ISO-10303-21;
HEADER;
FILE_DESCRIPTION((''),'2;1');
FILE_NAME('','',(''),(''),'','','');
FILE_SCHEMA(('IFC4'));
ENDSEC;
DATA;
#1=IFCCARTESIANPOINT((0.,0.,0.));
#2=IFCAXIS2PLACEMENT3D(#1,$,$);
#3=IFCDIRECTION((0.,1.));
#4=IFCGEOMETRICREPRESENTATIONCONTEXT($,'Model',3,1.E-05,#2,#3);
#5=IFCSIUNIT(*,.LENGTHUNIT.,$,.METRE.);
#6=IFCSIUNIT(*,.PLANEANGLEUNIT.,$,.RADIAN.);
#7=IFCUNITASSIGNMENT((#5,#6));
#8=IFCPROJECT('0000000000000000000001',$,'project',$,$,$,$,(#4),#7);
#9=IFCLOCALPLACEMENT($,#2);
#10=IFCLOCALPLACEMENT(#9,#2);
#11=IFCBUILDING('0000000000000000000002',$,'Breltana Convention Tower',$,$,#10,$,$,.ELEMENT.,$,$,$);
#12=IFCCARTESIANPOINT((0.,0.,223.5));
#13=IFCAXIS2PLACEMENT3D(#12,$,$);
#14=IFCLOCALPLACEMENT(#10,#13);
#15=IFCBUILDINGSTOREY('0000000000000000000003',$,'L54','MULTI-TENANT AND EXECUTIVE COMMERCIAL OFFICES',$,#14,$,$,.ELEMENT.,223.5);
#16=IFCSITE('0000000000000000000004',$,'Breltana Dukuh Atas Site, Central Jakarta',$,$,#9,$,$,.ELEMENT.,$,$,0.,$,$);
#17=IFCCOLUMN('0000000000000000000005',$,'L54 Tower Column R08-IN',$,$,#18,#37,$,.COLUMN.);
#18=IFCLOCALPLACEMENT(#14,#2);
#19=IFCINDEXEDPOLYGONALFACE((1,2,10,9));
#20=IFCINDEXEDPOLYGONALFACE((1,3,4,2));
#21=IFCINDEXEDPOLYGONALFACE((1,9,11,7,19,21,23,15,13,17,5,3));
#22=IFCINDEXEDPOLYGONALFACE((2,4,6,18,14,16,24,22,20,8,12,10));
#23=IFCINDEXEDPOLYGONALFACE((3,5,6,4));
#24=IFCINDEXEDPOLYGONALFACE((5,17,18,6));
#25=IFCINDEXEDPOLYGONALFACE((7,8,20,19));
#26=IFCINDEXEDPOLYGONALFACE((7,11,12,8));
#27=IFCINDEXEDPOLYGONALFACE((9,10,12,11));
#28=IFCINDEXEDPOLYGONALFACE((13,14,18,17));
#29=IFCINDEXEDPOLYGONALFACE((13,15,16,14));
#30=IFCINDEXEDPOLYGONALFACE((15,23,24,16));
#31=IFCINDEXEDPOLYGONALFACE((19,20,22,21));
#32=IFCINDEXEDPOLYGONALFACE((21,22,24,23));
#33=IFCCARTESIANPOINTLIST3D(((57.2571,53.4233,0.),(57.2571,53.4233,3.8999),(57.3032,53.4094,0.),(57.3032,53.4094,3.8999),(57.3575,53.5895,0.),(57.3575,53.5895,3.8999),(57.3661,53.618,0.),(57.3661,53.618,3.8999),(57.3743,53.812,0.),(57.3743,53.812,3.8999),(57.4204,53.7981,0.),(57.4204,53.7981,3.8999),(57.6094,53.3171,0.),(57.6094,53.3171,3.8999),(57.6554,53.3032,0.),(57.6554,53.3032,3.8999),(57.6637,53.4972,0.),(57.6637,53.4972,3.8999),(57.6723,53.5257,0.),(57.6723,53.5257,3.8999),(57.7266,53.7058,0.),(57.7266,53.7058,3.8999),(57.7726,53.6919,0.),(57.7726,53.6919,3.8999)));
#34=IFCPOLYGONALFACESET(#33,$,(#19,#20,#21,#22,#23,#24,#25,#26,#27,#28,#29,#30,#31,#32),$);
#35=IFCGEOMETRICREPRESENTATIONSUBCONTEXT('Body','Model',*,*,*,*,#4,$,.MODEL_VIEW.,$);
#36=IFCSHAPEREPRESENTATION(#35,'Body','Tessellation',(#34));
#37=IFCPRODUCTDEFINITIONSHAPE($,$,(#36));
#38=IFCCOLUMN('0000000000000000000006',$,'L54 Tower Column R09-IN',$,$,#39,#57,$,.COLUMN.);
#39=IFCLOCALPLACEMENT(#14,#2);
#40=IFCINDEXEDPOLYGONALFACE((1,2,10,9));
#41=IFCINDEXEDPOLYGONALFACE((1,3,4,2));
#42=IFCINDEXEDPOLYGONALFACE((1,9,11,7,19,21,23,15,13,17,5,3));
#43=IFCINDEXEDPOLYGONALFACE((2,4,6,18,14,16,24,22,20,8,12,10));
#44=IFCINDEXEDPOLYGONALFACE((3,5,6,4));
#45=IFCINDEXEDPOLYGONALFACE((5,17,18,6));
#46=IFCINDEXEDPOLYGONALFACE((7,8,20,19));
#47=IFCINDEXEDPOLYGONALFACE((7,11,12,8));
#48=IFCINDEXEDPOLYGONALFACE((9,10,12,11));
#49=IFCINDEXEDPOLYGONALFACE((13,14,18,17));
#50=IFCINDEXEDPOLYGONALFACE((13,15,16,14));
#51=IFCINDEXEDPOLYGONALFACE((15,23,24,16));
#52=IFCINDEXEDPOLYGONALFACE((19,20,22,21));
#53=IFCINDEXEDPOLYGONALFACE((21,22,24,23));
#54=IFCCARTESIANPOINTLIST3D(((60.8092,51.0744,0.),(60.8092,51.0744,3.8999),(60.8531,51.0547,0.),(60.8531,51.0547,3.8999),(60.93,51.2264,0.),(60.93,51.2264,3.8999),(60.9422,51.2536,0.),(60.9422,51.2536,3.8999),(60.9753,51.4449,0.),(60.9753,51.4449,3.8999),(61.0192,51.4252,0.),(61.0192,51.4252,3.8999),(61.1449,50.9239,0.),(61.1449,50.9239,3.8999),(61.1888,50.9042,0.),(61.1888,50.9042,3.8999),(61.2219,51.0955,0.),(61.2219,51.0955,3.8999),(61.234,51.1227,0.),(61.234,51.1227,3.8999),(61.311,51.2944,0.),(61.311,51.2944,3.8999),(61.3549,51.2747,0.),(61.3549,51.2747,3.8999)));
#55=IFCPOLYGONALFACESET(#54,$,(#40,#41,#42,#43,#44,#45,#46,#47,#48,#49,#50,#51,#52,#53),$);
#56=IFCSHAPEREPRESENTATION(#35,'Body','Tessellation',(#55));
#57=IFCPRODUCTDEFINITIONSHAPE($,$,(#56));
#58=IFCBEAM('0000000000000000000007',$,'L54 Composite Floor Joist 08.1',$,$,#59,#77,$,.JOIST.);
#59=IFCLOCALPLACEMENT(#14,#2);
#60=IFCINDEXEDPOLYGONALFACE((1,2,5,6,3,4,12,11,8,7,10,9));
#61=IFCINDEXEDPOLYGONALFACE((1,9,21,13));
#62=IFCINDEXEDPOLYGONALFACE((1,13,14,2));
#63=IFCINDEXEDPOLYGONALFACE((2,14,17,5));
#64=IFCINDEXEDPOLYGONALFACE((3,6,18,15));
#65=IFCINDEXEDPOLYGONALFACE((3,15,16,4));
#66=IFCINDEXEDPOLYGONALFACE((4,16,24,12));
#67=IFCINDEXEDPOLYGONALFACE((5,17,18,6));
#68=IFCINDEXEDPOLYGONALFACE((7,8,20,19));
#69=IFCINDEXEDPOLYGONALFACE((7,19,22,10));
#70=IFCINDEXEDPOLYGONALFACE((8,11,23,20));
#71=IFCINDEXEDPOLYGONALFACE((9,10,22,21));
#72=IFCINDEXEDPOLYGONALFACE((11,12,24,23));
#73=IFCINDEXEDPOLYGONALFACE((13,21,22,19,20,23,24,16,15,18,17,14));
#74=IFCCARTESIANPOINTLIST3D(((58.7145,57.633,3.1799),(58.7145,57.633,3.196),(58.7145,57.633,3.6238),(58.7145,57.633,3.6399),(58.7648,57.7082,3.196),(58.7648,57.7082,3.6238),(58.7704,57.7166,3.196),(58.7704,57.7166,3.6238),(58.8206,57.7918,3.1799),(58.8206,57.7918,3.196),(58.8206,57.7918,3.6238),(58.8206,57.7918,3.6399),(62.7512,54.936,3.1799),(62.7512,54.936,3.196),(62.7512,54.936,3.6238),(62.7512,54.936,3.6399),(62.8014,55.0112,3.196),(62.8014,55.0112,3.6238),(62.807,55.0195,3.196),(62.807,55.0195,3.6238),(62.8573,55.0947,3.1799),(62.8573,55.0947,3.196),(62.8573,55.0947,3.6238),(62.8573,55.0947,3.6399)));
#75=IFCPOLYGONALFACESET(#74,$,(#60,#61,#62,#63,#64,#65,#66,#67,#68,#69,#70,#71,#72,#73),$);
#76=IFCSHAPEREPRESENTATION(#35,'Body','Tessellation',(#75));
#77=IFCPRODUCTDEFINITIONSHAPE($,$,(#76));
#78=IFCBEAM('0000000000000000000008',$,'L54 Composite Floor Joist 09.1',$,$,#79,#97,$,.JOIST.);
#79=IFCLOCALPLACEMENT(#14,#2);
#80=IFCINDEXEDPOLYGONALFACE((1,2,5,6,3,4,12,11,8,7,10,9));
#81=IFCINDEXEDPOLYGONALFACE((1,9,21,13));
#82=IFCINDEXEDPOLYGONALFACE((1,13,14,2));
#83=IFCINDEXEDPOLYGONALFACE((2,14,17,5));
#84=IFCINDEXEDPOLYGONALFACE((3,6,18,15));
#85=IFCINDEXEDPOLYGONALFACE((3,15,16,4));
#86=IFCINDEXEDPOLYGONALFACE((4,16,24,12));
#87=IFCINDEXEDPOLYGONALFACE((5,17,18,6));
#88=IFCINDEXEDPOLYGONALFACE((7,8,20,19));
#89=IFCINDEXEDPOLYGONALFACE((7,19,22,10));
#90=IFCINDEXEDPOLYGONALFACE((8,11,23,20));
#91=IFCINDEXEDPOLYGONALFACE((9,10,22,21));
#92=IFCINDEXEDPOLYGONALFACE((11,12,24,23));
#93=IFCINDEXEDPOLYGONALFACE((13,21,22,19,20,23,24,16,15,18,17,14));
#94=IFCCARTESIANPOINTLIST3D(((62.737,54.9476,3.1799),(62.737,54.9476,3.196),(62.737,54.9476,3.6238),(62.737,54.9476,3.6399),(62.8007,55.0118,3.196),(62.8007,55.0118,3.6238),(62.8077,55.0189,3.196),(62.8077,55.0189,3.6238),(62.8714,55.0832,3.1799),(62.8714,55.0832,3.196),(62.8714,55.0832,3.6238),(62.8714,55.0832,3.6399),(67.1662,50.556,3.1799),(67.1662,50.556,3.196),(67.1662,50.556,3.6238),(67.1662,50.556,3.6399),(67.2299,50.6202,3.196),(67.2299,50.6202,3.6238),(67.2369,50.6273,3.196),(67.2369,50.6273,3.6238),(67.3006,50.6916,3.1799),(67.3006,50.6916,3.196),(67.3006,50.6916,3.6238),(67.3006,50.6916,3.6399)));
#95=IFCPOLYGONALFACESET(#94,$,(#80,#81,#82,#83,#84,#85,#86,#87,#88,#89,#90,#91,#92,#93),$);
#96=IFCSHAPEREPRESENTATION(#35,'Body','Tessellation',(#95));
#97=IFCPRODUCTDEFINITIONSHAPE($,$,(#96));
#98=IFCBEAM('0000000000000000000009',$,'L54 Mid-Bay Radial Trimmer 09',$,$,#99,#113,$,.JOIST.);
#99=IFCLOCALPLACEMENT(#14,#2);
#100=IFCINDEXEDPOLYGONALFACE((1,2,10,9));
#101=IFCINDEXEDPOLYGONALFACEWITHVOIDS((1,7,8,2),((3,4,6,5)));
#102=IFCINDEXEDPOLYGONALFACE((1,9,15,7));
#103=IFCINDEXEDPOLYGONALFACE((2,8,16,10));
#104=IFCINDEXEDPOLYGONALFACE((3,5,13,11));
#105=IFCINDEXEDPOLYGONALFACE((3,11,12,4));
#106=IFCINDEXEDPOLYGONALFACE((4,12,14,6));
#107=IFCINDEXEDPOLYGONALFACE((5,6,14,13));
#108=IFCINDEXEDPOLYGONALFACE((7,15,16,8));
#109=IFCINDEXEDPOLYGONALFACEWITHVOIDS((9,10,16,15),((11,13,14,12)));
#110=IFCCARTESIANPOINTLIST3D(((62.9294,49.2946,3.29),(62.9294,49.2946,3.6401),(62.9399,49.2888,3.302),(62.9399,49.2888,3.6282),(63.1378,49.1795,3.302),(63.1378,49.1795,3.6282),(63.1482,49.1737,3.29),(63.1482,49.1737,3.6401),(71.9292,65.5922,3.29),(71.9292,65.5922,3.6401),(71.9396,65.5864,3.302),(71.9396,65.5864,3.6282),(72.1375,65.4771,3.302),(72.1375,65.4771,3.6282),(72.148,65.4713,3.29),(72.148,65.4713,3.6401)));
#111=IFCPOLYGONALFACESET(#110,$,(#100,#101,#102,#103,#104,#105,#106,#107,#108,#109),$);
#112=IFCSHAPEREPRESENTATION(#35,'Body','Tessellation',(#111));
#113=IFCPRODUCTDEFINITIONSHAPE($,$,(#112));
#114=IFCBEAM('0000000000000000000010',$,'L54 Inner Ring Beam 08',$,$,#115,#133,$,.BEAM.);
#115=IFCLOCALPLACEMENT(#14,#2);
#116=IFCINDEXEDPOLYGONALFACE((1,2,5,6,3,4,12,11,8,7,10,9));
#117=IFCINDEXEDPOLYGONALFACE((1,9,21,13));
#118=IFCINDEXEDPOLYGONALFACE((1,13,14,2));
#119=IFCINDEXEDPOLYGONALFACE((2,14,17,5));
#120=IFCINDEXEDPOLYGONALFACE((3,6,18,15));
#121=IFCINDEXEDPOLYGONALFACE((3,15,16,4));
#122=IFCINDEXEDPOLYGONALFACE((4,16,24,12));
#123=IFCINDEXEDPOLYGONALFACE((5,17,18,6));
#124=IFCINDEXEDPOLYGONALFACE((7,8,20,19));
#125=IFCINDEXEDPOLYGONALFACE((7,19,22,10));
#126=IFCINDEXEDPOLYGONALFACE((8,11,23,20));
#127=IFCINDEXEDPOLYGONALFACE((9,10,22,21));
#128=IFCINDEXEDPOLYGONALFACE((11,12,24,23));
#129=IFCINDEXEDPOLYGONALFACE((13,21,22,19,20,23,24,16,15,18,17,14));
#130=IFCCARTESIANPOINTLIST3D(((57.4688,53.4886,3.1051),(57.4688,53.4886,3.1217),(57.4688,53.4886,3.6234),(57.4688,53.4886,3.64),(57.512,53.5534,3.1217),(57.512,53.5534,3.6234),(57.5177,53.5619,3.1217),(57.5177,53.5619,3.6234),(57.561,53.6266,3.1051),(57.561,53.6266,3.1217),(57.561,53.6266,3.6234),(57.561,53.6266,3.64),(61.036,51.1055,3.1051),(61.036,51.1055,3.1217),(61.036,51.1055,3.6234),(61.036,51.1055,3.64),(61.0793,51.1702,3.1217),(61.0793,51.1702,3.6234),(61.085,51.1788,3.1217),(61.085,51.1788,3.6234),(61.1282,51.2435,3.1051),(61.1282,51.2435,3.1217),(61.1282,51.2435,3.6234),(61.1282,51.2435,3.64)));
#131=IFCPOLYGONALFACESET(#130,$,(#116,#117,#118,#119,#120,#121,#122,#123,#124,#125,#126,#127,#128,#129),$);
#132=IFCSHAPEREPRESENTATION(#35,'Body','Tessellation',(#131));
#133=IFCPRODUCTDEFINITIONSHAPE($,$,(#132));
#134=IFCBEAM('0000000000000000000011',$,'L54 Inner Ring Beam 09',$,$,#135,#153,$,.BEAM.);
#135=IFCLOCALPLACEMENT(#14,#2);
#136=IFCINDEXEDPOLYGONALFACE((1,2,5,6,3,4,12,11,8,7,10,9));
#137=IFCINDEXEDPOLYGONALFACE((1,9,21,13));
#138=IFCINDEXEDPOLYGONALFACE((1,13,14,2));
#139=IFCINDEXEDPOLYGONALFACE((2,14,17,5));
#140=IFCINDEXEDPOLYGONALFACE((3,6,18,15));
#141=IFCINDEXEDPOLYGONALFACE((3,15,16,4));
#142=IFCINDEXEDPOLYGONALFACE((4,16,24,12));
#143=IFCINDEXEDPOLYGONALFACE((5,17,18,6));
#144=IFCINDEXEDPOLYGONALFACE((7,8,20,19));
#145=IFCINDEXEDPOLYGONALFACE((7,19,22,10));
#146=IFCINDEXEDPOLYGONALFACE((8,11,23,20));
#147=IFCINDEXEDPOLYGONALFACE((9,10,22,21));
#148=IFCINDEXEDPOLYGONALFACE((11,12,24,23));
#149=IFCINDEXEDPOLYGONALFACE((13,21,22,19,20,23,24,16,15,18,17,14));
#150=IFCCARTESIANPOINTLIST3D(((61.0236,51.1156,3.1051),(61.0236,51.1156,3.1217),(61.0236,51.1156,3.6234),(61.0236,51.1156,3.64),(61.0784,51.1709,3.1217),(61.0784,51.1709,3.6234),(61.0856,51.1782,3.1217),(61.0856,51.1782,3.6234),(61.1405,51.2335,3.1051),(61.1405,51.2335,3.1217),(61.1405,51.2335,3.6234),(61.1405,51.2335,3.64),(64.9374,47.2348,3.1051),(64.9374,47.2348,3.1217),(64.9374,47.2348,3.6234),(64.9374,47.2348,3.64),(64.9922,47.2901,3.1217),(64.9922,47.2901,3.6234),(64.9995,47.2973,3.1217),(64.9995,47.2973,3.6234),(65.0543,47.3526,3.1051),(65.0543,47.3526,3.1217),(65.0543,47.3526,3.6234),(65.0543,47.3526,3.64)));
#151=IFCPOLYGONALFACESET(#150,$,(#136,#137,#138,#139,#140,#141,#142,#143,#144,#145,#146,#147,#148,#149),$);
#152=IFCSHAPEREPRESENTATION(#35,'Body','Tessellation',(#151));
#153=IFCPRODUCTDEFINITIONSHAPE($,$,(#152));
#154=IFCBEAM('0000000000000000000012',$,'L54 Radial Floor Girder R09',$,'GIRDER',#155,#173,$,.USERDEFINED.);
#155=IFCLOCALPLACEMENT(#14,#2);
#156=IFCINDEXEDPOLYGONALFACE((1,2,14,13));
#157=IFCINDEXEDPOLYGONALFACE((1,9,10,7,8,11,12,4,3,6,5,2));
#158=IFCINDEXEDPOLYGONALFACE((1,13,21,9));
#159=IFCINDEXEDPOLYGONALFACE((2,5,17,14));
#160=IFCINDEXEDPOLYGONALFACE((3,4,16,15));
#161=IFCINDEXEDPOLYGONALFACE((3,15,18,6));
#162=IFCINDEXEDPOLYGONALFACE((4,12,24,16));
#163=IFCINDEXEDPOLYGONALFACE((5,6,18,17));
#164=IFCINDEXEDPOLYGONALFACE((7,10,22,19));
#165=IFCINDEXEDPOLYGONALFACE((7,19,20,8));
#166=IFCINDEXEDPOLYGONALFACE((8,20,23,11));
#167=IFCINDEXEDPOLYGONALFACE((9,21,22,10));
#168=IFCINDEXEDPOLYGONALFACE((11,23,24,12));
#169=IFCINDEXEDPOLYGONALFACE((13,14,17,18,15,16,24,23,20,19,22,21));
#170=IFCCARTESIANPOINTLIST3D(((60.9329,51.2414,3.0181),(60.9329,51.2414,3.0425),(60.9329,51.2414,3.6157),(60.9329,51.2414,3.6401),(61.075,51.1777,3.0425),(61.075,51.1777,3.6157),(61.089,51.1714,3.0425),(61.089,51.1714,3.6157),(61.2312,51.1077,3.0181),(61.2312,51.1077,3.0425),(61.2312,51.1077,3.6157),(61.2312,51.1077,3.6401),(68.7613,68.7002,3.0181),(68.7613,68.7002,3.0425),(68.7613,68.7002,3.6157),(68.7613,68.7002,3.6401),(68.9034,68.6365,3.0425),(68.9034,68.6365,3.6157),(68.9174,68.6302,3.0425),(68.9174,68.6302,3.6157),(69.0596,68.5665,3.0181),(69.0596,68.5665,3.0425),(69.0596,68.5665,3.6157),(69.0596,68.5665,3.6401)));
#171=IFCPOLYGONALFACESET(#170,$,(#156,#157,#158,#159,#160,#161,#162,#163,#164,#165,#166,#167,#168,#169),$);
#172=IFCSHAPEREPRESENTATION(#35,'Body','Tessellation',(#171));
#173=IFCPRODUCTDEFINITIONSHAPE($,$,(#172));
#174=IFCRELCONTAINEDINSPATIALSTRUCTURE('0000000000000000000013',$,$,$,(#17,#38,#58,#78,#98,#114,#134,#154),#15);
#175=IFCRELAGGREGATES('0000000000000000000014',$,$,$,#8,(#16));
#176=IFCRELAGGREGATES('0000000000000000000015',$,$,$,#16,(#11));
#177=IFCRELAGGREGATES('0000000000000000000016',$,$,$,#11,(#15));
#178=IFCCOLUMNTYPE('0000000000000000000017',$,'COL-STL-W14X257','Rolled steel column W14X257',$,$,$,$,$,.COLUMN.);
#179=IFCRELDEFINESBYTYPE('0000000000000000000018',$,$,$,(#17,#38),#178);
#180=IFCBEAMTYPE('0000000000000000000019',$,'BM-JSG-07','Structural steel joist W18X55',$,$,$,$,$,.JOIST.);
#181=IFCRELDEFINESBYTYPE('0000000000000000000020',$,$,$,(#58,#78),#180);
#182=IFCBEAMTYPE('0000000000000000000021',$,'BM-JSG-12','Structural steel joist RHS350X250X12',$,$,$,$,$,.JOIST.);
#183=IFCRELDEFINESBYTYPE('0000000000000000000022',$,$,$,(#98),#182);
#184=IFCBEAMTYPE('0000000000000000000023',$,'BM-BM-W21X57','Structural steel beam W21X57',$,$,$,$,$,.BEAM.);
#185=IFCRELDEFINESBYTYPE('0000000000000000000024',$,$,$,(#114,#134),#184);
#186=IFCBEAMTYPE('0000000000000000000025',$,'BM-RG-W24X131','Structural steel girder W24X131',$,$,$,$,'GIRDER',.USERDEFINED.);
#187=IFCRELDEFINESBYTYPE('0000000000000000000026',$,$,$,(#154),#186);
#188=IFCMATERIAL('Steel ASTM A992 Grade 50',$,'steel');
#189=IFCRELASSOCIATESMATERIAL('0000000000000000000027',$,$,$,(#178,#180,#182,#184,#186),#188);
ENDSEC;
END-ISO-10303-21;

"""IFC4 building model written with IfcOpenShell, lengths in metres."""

from ifc_helpers import new_model, si_unit, direction, frame, origin, origin_2d, place, context, subcontext, project, spatial, hollow_rectangle, i_section, extrude, source, transform, mapped, material, material_profile, profile_set, type_object, element, save


model = new_model("IFC4")

# Units and contexts
model_context = context("Model", 3, precision=1e-05, world=origin(), true_north=direction((0.0, 1.0)))
body_context = subcontext(model_context, "Body", "Model", "MODEL_VIEW")
ifc_project = project(units=[si_unit("LENGTHUNIT", "METRE"), si_unit("PLANEANGLEUNIT", "RADIAN")], contexts=[model_context])

# Site, building, storey
site_placement = place(None, origin())
site = spatial("IfcSite", under=ifc_project, at=site_placement, Name="Breltana Dukuh Atas Site, Central Jakarta", CompositionType="ELEMENT", RefElevation=0.0)
building_placement = place(site_placement, origin())
building = spatial("IfcBuilding", under=site, at=building_placement, Name="Breltana Convention Tower", CompositionType="ELEMENT")
storey_placement = place(building_placement, frame((0.0, 0.0, 223.5)))
storey = spatial("IfcBuildingStorey", under=building, at=storey_placement, Name="L54", Description="MULTI-TENANT AND EXECUTIVE COMMERCIAL OFFICES", CompositionType="ELEMENT", Elevation=223.5)

# Columns
ifc_material_1 = material(Name="Steel ASTM A992 Grade 50", Category="steel")
ifc_material_profile_1 = material_profile(ifc_material_1, i_section(OverallWidth=0.406, OverallDepth=0.416, WebThickness=0.0298, FlangeThickness=0.0481, at=origin_2d()), Name="W14X257")
ifc_profile_set_1 = profile_set([ifc_material_profile_1], Name="Steel ASTM A992 Grade 50")
column_type = type_object("IfcColumnType", Name="COL-STL-W14X257", Description="Rolled steel column W14X257", PredefinedType="COLUMN", material=ifc_profile_set_1)
shared_shape_1 = source(origin(), body_context, "Body", "SweptSolid", [
    extrude(i_section(OverallWidth=0.406, OverallDepth=0.416, WebThickness=0.0298, FlangeThickness=0.0481, at=origin_2d()), origin(), (0.0, 0.0, 1.0), 3.8999),
])
for number, where, z_axis, x_axis, name in (
    (1, (57.5149, 53.5576, 0.0), (0.0, 0.0, 1.0), (0.288698, 0.95742, 0.0), "L54 Tower Column R08-IN"),
    (2, (61.082, 51.1746, 0.0), (0.0, 0.0, 1.0), (0.409127, 0.912477, 0.0), "L54 Tower Column R09-IN"),
):
    element("IfcColumn", number, at=place(storey_placement, frame(where, z_axis=z_axis, x_axis=x_axis)), inside=storey, type_object=column_type, Name=name, PredefinedType="COLUMN", context=body_context, shape_type="MappedRepresentation", body=[
        mapped(shared_shape_1, transform((0.0, 0.0, 0.0), scale=1.0)),
    ])

# Beams
ifc_material_profile_2 = material_profile(ifc_material_1, i_section(OverallWidth=0.1909, OverallDepth=0.46, WebThickness=0.01, FlangeThickness=0.0161, at=origin_2d()), Name="W18X55")
ifc_profile_set_2 = profile_set([ifc_material_profile_2], Name="Steel ASTM A992 Grade 50")
beam_type_1 = type_object("IfcBeamType", Name="BM-JSG-07", Description="Structural steel joist W18X55", PredefinedType="JOIST", material=ifc_profile_set_2)
shared_shape_2 = source(origin(), body_context, "Body", "SweptSolid", [
    extrude(i_section(OverallWidth=0.1909, OverallDepth=0.46, WebThickness=0.01, FlangeThickness=0.0161, at=origin_2d()), origin(), (0.0, 0.0, 1.0), 4.8547),
])
beam_1_placement = place(storey_placement, frame((58.7676, 57.7124, 3.4099), z_axis=(0.831485, -0.555547, 0.0), x_axis=(0.555547, 0.831485, 0.0)))
element("IfcBeam", 3, at=beam_1_placement, inside=storey, type_object=beam_type_1, Name="L54 Composite Floor Joist 08.1", PredefinedType="JOIST", context=body_context, shape_type="MappedRepresentation", body=[
    mapped(shared_shape_2, transform((0.0, 0.0, 0.0), scale=1.0)),
])
shared_shape_3 = source(origin(), body_context, "Body", "SweptSolid", [
    extrude(i_section(OverallWidth=0.1909, OverallDepth=0.46, WebThickness=0.01, FlangeThickness=0.0161, at=origin_2d()), origin(), (0.0, 0.0, 1.0), 6.2373),
])
beam_2_placement = place(storey_placement, frame((62.8042, 55.0154, 3.4099), z_axis=(0.710114, -0.704086, 0.0), x_axis=(0.704086, 0.710114, 0.0)))
element("IfcBeam", 4, at=beam_2_placement, inside=storey, type_object=beam_type_1, Name="L54 Composite Floor Joist 09.1", PredefinedType="JOIST", context=body_context, shape_type="MappedRepresentation", body=[
    mapped(shared_shape_3, transform((0.0, 0.0, 0.0), scale=1.0)),
])
ifc_material_profile_3 = material_profile(ifc_material_1, hollow_rectangle(XDim=0.25, YDim=0.3501, WallThickness=0.012, at=origin_2d()), Name="RHS350X250X12")
ifc_profile_set_3 = profile_set([ifc_material_profile_3], Name="Steel ASTM A992 Grade 50")
beam_type_2 = type_object("IfcBeamType", Name="BM-JSG-12", Description="Structural steel joist RHS350X250X12", PredefinedType="JOIST", material=ifc_profile_set_3)
shared_shape_4 = source(origin(), body_context, "Body", "SweptSolid", [
    extrude(hollow_rectangle(XDim=0.25, YDim=0.3501, WallThickness=0.012, at=origin_2d()), origin(), (0.0, 0.0, 1.0), 18.6174),
])
beam_3_placement = place(storey_placement, frame((63.0388, 49.2341, 3.4651), z_axis=(0.483406, 0.875396, 0.0), x_axis=(-0.875396, 0.483406, 0.0)))
element("IfcBeam", 5, at=beam_3_placement, inside=storey, type_object=beam_type_2, Name="L54 Mid-Bay Radial Trimmer 09", PredefinedType="JOIST", context=body_context, shape_type="MappedRepresentation", body=[
    mapped(shared_shape_4, transform((0.0, 0.0, 0.0), scale=1.0)),
])
ifc_material_profile_4 = material_profile(ifc_material_1, i_section(OverallWidth=0.166, OverallDepth=0.5349, WebThickness=0.0103, FlangeThickness=0.0166, at=origin_2d()), Name="W21X57")
ifc_profile_set_4 = profile_set([ifc_material_profile_4], Name="Steel ASTM A992 Grade 50")
beam_type_3 = type_object("IfcBeamType", Name="BM-BM-W21X57", Description="Structural steel beam W21X57", PredefinedType="BEAM", material=ifc_profile_set_4)
shared_shape_5 = source(origin(), body_context, "Body", "SweptSolid", [
    extrude(i_section(OverallWidth=0.166, OverallDepth=0.5349, WebThickness=0.0103, FlangeThickness=0.0166, at=origin_2d()), origin(), (0.0, 0.0, 1.0), 4.29),
])
beam_4_placement = place(storey_placement, frame((57.5149, 53.5576, 3.3726), z_axis=(0.831516, -0.555501, 0.0), x_axis=(0.555501, 0.831516, 0.0)))
element("IfcBeam", 6, at=beam_4_placement, inside=storey, type_object=beam_type_3, Name="L54 Inner Ring Beam 08", PredefinedType="BEAM", context=body_context, shape_type="MappedRepresentation", body=[
    mapped(shared_shape_5, transform((0.0, 0.0, 0.0), scale=1.0)),
])
shared_shape_6 = source(origin(), body_context, "Body", "SweptSolid", [
    extrude(i_section(OverallWidth=0.166, OverallDepth=0.5349, WebThickness=0.0103, FlangeThickness=0.0166, at=origin_2d()), origin(), (0.0, 0.0, 1.0), 5.5117),
])
beam_5_placement = place(storey_placement, frame((61.082, 51.1746, 3.3726), z_axis=(0.71009, -0.704111, 0.0), x_axis=(0.704111, 0.71009, 0.0)))
element("IfcBeam", 7, at=beam_5_placement, inside=storey, type_object=beam_type_3, Name="L54 Inner Ring Beam 09", PredefinedType="BEAM", context=body_context, shape_type="MappedRepresentation", body=[
    mapped(shared_shape_6, transform((0.0, 0.0, 0.0), scale=1.0)),
])
ifc_material_profile_5 = material_profile(ifc_material_1, i_section(OverallWidth=0.3269, OverallDepth=0.6221, WebThickness=0.0154, FlangeThickness=0.0244, at=origin_2d()), Name="W24X131")
ifc_profile_set_5 = profile_set([ifc_material_profile_5], Name="Steel ASTM A992 Grade 50")
beam_type_4 = type_object("IfcBeamType", Name="BM-RG-W24X131", Description="Structural steel girder W24X131", ElementType="GIRDER", PredefinedType="USERDEFINED", material=ifc_profile_set_5)
shared_shape_7 = source(origin(), body_context, "Body", "SweptSolid", [
    extrude(i_section(OverallWidth=0.3269, OverallDepth=0.6221, WebThickness=0.0154, FlangeThickness=0.0244, at=origin_2d()), origin(), (0.0, 0.0, 1.0), 19.1335),
])
beam_6_placement = place(storey_placement, frame((61.082, 51.1746, 3.3291), z_axis=(0.409145, 0.91247, 0.0), x_axis=(-0.91247, 0.409145, 0.0)))
element("IfcBeam", 8, at=beam_6_placement, inside=storey, type_object=beam_type_4, Name="L54 Radial Floor Girder R09", ObjectType="GIRDER", PredefinedType="USERDEFINED", context=body_context, shape_type="MappedRepresentation", body=[
    mapped(shared_shape_7, transform((0.0, 0.0, 0.0), scale=1.0)),
])

save(model, "model.ifc")
